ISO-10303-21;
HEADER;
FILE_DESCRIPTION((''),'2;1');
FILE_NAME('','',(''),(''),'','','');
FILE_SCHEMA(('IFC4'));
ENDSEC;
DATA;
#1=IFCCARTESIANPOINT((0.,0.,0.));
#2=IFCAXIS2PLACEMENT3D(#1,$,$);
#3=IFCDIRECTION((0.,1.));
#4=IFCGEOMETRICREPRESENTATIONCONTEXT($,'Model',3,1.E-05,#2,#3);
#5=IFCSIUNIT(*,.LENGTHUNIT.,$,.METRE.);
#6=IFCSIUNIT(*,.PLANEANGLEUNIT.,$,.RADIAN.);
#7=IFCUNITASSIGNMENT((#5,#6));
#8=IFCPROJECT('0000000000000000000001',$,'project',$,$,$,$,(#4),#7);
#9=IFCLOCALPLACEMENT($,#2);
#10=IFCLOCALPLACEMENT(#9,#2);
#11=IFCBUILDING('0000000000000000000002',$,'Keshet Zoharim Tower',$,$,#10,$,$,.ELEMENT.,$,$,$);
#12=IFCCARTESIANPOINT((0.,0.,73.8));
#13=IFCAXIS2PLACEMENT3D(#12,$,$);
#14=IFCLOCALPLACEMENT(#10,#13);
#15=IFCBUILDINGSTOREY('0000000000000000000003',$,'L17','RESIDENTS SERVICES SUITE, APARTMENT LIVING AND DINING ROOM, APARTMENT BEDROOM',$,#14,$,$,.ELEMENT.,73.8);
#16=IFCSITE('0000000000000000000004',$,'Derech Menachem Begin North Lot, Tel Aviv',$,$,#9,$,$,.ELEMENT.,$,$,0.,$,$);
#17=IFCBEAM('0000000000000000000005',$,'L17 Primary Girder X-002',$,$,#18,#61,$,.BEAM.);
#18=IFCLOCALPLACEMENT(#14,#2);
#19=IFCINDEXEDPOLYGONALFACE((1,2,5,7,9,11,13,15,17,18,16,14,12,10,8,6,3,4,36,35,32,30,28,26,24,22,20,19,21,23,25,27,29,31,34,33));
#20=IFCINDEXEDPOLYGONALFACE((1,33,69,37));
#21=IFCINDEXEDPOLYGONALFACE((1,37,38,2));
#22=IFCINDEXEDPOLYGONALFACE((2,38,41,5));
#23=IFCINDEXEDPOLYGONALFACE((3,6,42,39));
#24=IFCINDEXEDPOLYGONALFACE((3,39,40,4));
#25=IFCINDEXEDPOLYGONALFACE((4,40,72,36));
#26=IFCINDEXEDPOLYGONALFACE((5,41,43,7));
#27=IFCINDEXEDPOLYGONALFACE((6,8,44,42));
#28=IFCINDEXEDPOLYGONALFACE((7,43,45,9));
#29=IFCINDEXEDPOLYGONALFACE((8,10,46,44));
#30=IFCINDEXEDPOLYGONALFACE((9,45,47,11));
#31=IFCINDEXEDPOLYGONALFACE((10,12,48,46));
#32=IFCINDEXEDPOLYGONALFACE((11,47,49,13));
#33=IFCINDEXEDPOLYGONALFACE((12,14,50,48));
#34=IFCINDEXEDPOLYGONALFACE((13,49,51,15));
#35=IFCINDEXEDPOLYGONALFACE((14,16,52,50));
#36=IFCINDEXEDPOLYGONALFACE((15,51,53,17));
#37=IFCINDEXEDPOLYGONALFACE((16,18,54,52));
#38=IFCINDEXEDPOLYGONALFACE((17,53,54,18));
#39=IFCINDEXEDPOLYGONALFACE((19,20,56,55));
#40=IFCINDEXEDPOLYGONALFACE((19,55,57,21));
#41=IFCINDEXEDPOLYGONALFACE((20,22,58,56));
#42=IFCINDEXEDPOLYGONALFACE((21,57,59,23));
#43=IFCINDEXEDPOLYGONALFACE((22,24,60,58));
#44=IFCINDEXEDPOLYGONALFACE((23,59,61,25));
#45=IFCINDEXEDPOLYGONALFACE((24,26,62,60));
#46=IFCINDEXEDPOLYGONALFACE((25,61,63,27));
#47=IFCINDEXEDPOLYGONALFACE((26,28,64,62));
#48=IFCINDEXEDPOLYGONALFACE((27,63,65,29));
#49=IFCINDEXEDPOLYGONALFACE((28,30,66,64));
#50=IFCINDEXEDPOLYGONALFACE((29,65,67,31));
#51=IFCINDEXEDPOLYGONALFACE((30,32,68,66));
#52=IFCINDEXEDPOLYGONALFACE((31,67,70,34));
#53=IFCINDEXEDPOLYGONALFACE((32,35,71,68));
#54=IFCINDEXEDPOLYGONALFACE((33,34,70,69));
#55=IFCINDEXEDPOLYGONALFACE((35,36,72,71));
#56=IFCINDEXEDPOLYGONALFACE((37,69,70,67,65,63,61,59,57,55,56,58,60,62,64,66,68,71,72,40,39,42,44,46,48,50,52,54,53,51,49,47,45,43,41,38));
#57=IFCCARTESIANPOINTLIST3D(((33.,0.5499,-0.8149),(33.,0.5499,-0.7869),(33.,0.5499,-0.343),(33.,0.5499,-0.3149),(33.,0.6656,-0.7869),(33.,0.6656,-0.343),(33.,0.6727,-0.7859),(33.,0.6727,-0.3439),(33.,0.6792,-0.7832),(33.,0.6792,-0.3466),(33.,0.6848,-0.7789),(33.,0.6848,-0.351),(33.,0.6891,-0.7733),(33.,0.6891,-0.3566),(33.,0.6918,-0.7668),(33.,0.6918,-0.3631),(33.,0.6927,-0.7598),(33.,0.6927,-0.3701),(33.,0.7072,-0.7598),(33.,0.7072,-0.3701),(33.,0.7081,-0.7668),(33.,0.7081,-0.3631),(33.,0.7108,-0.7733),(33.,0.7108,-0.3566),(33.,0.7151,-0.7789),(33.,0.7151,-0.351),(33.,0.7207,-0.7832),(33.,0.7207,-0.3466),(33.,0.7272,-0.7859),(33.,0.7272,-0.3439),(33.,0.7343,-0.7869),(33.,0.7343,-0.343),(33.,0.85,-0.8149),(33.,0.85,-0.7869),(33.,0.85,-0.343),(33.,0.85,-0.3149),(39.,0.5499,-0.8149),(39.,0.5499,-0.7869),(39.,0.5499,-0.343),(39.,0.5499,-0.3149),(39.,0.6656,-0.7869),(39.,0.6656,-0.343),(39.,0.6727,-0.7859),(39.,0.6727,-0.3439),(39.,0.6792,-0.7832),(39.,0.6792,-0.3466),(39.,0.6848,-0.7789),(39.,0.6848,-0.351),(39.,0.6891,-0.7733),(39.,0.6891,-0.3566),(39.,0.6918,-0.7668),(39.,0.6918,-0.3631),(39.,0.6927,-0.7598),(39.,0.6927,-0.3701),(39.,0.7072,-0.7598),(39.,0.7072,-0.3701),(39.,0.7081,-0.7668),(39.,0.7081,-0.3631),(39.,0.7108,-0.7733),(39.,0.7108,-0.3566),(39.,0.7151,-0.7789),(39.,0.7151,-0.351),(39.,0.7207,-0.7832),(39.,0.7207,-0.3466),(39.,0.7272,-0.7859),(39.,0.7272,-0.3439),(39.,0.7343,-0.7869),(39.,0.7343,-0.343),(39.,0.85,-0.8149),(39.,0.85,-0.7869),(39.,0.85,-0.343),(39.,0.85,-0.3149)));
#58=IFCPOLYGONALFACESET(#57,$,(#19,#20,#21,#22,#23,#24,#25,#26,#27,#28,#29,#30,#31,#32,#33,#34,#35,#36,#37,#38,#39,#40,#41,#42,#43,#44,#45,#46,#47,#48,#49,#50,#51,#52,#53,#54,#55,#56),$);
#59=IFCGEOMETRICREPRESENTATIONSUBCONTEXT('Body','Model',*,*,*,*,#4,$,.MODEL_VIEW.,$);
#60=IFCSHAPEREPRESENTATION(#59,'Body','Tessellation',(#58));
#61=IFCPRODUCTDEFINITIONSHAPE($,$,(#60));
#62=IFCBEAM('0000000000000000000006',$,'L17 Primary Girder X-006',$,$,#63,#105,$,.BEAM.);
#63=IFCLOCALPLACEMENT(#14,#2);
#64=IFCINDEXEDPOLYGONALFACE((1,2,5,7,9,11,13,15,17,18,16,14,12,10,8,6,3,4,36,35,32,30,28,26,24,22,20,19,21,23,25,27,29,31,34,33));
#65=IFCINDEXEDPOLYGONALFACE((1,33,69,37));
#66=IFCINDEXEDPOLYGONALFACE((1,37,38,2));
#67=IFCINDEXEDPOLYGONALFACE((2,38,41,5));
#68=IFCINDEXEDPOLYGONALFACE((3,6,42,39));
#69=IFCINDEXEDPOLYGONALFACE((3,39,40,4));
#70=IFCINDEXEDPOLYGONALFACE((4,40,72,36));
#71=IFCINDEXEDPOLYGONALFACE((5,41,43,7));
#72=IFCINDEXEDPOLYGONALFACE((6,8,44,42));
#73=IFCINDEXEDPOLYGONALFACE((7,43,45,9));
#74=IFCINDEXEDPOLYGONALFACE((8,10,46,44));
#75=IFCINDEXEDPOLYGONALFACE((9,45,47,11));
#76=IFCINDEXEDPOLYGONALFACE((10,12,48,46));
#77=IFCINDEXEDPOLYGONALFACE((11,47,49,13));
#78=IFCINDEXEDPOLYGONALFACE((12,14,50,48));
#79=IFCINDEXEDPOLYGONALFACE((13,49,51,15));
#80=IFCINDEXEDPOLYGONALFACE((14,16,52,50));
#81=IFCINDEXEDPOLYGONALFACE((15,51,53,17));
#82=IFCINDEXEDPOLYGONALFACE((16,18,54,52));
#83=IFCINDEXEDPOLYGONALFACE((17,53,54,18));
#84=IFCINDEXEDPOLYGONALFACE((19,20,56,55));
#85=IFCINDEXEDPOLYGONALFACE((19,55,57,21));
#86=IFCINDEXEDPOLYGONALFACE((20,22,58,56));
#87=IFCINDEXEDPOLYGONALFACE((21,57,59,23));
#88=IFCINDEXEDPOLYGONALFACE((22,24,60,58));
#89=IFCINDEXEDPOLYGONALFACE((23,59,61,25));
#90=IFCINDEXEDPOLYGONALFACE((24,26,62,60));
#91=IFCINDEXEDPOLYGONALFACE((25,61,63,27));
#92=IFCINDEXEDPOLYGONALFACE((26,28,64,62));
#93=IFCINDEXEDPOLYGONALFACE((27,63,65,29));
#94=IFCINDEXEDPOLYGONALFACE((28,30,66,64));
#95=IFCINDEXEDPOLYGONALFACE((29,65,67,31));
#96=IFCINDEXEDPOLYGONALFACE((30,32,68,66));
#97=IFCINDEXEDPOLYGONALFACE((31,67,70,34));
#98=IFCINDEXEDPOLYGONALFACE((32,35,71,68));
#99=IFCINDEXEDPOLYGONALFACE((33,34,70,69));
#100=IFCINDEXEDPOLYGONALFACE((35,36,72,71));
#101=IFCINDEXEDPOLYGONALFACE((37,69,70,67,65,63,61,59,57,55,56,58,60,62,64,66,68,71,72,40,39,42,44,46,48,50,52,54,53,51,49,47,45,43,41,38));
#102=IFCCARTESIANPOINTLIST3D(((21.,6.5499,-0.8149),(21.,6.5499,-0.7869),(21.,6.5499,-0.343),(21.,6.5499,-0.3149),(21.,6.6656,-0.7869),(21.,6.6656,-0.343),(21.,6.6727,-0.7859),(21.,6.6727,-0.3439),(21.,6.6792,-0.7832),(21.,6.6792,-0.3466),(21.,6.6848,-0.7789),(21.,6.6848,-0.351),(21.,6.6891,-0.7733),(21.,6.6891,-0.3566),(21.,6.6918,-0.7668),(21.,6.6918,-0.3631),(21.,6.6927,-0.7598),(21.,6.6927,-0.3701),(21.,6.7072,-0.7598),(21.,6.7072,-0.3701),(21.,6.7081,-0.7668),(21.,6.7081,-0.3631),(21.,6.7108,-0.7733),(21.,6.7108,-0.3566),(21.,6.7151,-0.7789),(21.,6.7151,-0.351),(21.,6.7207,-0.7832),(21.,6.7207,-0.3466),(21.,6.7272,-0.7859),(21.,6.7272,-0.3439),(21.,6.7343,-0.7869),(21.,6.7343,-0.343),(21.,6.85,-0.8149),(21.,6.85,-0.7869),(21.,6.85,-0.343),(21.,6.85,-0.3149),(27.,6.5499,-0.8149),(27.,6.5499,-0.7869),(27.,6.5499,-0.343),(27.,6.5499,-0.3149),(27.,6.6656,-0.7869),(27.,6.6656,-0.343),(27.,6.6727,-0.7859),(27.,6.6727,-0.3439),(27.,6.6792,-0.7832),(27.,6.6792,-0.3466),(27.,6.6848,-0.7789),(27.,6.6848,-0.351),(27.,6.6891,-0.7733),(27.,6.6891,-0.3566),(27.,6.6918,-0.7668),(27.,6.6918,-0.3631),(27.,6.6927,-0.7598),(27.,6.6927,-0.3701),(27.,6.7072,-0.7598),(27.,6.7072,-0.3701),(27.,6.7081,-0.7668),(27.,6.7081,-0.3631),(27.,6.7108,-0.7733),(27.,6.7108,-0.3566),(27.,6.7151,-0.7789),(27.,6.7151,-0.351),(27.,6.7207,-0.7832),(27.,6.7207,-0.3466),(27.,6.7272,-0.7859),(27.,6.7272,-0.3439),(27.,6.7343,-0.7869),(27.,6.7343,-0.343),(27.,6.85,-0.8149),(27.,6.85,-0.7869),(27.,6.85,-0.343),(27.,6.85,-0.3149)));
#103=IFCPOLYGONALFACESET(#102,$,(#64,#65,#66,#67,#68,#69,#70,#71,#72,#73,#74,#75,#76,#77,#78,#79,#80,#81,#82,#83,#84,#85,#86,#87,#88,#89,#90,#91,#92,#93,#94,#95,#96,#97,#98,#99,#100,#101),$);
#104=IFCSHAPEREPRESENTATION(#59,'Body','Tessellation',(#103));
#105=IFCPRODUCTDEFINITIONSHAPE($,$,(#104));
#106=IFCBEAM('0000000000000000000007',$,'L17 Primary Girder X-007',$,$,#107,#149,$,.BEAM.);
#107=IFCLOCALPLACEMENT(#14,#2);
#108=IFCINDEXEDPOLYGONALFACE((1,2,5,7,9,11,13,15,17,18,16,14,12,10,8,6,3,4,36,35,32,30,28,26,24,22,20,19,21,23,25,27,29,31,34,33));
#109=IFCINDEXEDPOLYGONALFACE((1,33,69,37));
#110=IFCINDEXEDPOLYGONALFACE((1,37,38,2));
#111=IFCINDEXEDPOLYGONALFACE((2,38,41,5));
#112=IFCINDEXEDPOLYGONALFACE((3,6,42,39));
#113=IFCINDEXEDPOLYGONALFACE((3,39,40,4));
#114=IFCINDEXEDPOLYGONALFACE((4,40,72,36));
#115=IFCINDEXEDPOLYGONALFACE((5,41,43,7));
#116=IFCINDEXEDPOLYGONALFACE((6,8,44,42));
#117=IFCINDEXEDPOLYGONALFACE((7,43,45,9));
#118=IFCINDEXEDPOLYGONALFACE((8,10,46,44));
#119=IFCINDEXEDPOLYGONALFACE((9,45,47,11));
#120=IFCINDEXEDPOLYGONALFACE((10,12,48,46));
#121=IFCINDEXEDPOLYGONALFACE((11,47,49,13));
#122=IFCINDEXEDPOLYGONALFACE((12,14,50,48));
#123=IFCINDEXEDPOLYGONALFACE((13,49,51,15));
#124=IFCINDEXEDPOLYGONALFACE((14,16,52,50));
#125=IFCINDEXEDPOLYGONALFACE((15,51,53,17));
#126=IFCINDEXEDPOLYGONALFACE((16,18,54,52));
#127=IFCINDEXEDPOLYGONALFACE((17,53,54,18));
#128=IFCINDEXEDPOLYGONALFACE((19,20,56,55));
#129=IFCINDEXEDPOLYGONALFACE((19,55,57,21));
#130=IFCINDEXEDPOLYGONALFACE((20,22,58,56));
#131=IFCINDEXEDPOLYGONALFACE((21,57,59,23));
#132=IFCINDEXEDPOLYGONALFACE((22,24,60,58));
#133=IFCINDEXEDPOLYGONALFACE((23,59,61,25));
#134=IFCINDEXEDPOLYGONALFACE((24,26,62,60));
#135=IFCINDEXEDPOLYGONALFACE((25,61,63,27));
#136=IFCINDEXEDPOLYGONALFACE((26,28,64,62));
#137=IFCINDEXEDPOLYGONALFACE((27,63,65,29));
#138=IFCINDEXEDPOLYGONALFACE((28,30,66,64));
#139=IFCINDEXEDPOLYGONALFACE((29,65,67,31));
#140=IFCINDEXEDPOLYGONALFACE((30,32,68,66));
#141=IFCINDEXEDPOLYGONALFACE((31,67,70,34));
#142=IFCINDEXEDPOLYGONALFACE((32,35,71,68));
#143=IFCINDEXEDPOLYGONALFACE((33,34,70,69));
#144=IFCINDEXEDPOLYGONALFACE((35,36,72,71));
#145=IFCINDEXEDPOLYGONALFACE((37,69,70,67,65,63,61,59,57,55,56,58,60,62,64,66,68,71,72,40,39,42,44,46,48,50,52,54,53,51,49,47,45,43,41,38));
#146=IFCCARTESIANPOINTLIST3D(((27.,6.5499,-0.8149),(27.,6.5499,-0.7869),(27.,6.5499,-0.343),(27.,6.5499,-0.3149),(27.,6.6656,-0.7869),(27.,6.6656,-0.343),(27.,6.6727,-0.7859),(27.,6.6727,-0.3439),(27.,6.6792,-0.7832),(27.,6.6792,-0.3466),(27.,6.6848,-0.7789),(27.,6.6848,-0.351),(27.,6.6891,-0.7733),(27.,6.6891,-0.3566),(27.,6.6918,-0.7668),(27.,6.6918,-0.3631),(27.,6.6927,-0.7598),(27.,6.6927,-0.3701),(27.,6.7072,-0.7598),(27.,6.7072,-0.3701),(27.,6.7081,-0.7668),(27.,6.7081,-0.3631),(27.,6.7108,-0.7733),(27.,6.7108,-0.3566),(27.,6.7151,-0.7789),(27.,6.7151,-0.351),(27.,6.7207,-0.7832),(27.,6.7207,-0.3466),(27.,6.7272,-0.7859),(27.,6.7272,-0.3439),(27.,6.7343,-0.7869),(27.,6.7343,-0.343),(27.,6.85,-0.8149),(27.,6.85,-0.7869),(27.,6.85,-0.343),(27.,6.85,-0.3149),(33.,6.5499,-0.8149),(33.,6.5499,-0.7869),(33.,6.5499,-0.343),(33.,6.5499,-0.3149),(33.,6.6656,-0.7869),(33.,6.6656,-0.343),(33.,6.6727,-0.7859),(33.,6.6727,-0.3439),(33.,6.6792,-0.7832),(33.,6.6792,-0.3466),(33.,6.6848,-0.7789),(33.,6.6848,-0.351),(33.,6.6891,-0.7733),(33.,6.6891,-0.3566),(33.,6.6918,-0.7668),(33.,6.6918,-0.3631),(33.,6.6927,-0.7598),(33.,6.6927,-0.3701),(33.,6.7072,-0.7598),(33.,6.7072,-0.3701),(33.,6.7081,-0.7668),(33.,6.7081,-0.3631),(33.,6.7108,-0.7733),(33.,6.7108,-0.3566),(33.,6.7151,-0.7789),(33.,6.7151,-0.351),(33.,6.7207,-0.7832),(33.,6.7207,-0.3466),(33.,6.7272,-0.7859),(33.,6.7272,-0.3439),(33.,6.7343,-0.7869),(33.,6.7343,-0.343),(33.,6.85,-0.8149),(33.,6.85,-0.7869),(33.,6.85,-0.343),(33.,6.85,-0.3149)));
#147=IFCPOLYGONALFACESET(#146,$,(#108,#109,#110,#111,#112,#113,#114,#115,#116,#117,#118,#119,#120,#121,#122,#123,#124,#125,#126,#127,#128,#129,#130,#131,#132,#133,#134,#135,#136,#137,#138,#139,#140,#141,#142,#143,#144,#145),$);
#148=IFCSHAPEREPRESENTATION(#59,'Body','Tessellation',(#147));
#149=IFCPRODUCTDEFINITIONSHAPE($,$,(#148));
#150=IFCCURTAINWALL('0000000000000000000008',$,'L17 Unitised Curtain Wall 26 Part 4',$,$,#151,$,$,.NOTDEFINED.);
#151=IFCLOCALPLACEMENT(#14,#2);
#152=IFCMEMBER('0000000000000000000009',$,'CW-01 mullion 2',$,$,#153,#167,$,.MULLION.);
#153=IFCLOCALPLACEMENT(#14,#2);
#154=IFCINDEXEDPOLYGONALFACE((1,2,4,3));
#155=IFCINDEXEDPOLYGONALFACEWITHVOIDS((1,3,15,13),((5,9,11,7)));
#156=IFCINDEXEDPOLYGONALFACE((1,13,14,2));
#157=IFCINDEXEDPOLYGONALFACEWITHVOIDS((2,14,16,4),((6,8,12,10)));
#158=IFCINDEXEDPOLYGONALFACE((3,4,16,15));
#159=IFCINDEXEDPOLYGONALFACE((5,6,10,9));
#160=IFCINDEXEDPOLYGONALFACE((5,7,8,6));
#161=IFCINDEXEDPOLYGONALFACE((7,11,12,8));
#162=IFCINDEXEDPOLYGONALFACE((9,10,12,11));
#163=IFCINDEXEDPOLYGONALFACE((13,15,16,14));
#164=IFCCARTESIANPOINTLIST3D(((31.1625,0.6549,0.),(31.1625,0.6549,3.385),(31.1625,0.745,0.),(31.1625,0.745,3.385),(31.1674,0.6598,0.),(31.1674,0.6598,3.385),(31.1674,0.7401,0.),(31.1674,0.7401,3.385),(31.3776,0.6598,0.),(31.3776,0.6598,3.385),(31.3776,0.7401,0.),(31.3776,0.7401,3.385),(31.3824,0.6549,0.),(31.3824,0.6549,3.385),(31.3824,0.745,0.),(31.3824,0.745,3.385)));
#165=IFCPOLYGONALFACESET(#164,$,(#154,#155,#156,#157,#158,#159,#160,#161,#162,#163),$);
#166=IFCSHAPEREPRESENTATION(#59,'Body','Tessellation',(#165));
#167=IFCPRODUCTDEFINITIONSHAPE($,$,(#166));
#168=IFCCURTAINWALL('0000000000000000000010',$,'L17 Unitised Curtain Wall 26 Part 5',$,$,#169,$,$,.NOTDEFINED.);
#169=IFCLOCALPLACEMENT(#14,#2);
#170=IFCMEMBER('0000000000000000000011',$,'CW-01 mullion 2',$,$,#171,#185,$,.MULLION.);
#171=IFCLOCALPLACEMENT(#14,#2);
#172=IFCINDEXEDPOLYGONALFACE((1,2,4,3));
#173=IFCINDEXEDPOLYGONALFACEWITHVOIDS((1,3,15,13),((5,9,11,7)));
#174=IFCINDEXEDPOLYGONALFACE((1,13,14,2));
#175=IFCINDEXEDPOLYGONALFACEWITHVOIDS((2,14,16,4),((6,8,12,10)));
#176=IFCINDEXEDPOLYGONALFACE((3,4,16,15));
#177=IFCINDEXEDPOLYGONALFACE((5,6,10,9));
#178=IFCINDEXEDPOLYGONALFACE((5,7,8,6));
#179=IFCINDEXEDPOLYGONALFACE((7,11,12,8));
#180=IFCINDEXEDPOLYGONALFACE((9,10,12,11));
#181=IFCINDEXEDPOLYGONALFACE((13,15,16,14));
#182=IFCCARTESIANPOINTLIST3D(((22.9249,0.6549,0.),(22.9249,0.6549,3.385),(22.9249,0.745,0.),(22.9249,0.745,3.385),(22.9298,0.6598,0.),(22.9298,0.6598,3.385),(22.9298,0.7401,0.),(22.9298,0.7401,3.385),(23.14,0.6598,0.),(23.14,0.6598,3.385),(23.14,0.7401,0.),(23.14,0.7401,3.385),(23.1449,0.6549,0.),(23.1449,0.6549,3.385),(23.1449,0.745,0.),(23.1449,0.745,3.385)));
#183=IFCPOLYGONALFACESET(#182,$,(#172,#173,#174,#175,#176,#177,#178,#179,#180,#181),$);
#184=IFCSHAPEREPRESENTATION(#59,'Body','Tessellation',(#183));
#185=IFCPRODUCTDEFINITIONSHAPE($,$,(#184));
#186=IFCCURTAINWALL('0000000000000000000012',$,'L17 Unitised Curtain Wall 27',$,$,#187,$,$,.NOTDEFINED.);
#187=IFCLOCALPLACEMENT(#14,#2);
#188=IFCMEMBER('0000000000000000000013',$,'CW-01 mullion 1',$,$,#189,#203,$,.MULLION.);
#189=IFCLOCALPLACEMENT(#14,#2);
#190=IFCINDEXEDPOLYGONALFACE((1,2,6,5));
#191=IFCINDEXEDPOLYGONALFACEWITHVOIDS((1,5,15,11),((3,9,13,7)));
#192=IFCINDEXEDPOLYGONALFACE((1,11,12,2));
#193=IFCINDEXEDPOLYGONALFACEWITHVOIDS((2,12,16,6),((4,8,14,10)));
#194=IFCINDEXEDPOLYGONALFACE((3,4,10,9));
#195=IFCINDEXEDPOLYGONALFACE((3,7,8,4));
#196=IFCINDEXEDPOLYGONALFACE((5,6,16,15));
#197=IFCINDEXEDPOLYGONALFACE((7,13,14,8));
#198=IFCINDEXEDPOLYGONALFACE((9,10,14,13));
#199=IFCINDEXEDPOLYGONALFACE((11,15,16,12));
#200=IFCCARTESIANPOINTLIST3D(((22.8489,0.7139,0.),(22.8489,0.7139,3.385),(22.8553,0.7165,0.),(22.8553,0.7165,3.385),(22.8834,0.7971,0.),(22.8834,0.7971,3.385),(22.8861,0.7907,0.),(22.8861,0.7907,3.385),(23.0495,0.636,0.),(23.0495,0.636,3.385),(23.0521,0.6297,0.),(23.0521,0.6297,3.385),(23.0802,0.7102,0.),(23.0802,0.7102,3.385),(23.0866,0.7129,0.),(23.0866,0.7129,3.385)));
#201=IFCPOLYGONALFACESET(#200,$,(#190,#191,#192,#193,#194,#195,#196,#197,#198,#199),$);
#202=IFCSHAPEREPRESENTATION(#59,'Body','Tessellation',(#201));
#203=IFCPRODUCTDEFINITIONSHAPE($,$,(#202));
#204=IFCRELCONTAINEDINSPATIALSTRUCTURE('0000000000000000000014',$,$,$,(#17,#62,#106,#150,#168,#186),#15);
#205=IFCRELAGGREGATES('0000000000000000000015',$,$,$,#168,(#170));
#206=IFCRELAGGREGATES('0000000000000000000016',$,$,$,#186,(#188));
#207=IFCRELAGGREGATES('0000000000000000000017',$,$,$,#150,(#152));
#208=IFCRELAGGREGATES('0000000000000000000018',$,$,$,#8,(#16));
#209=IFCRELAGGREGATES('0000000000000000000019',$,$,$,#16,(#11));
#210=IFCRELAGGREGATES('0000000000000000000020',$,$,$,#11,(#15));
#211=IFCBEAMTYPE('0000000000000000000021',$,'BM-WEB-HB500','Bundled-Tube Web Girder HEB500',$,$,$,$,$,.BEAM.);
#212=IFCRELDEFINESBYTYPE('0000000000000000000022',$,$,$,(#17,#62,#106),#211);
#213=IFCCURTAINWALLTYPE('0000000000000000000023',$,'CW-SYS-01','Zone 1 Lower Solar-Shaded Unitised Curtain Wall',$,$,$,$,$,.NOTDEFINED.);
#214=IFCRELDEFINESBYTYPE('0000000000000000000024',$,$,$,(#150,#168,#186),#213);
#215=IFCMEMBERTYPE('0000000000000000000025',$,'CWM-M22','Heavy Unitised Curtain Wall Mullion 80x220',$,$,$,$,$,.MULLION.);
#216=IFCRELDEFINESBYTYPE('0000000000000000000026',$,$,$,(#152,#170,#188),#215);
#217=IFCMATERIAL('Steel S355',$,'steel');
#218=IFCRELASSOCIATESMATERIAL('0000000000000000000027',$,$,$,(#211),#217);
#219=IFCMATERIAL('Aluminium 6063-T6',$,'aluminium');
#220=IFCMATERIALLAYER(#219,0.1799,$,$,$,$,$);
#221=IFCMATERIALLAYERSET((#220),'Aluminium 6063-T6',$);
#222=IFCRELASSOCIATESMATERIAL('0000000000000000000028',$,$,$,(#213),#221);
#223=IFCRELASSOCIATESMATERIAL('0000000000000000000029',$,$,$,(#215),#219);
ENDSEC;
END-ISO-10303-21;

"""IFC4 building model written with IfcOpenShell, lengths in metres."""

from ifc_helpers import new_model, si_unit, direction, frame, origin, origin_2d, place, context, subcontext, project, spatial, hollow_rectangle, i_section, extrude, material, layer, layer_set, material_profile, profile_set, type_object, element, aggregate, save


model = new_model("IFC4")

# Units and contexts
model_context = context("Model", 3, precision=1e-05, world=origin(), true_north=direction((0.0, 1.0)))
body_context = subcontext(model_context, "Body", "Model", "MODEL_VIEW")
ifc_project = project(units=[si_unit("LENGTHUNIT", "METRE"), si_unit("PLANEANGLEUNIT", "RADIAN")], contexts=[model_context])

# Site, building, storey
site_placement = place(None, origin())
site = spatial("IfcSite", under=ifc_project, at=site_placement, Name="Derech Menachem Begin North Lot, Tel Aviv", CompositionType="ELEMENT", RefElevation=0.0)
building_placement = place(site_placement, origin())
building = spatial("IfcBuilding", under=site, at=building_placement, Name="Keshet Zoharim Tower", CompositionType="ELEMENT")
storey_placement = place(building_placement, frame((0.0, 0.0, 73.8)))
storey = spatial("IfcBuildingStorey", under=building, at=storey_placement, Name="L17", Description="RESIDENTS SERVICES SUITE, APARTMENT LIVING AND DINING ROOM, APARTMENT BEDROOM", CompositionType="ELEMENT", Elevation=73.8)

# Shared definitions
ifc_material_1 = material(Name="Steel S355", Category="steel")

# Beams
ifc_material_profile_1 = material_profile(ifc_material_1, i_section(OverallWidth=0.3, OverallDepth=0.5, WebThickness=0.0144, FlangeThickness=0.0281, FilletRadius=0.0271, at=origin_2d()), Name="HEB500")
ifc_profile_set_1 = profile_set([ifc_material_profile_1], Name="Steel S355")
beam_type_1 = type_object("IfcBeamType", Name="BM-WEB-HB500", Description="Bundled-Tube Web Girder HEB500", PredefinedType="BEAM", material=ifc_profile_set_1)
for number, where, z_axis, x_axis, name in (
    (1, (33.0, 0.7, -0.5649), (1.0, 0.0, 0.0), (0.0, 1.0, 0.0), "L17 Primary Girder X-002"),
    (2, (21.0, 6.7, -0.5649), (1.0, 0.0, 0.0), (0.0, 1.0, 0.0), "L17 Primary Girder X-006"),
    (3, (27.0, 6.7, -0.5649), (1.0, 0.0, 0.0), (0.0, 1.0, 0.0), "L17 Primary Girder X-007"),
):
    element("IfcBeam", number, at=place(storey_placement, frame(where, z_axis=z_axis, x_axis=x_axis)), inside=storey, type_object=beam_type_1, Name=name, PredefinedType="BEAM", context=body_context, shape_type="SweptSolid", body=[
        extrude(i_section(OverallWidth=0.3, OverallDepth=0.5, WebThickness=0.0144, FlangeThickness=0.0281, FilletRadius=0.0271, at=origin_2d()), origin(), (0.0, 0.0, 1.0), 6.0),
    ])

# Curtain walls, members
ifc_material_2 = material(Name="Aluminium 6063-T6", Category="aluminium")
ifc_layer_1 = layer(ifc_material_2, 0.1799)
ifc_layer_set_1 = layer_set([ifc_layer_1], Name="Aluminium 6063-T6")
curtain_wall_type = type_object("IfcCurtainWallType", Name="CW-SYS-01", Description="Zone 1 Lower Solar-Shaded Unitised Curtain Wall", PredefinedType="NOTDEFINED", material=ifc_layer_set_1)
curtain_wall_1_placement = place(storey_placement, origin())
curtain_wall_1 = element("IfcCurtainWall", 4, at=curtain_wall_1_placement, inside=storey, type_object=curtain_wall_type, Name="L17 Unitised Curtain Wall 26 Part 4", PredefinedType="NOTDEFINED")
ifc_material_profile_2 = material_profile(ifc_material_2, hollow_rectangle(XDim=0.0901, YDim=0.22, WallThickness=0.0049, at=origin_2d()), Name="MUL-90x220")
ifc_profile_set_2 = profile_set([ifc_material_profile_2], Name="Aluminium 6063-T6")
member_type_1 = type_object("IfcMemberType", Name="CWM-M22", Description="Heavy Unitised Curtain Wall Mullion 80x220", PredefinedType="MULLION", material=ifc_profile_set_2)
member_1_placement = place(storey_placement, frame((31.2725, 0.7, 0.0), z_axis=(0.0, 0.0, 1.0), x_axis=(0.0, -1.0, 0.0)))
member_1 = element("IfcMember", 5, at=member_1_placement, type_object=member_type_1, Name="CW-01 mullion 2", PredefinedType="MULLION", context=body_context, shape_type="SweptSolid", body=[
    extrude(hollow_rectangle(XDim=0.0901, YDim=0.22, WallThickness=0.0049, at=origin_2d()), origin(), (0.0, 0.0, 1.0), 3.385),
])
curtain_wall_2_placement = place(storey_placement, origin())
curtain_wall_2 = element("IfcCurtainWall", 6, at=curtain_wall_2_placement, inside=storey, type_object=curtain_wall_type, Name="L17 Unitised Curtain Wall 26 Part 5", PredefinedType="NOTDEFINED")
member_2_placement = place(storey_placement, frame((23.0349, 0.7, 0.0), z_axis=(0.0, 0.0, 1.0), x_axis=(0.0, -1.0, 0.0)))
member_2 = element("IfcMember", 7, at=member_2_placement, type_object=member_type_1, Name="CW-01 mullion 2", PredefinedType="MULLION", context=body_context, shape_type="SweptSolid", body=[
    extrude(hollow_rectangle(XDim=0.0901, YDim=0.22, WallThickness=0.0049, at=origin_2d()), origin(), (0.0, 0.0, 1.0), 3.385),
])

# Curtain wall, member
curtain_wall_3_placement = place(storey_placement, origin())
curtain_wall_3 = element("IfcCurtainWall", 8, at=curtain_wall_3_placement, inside=storey, type_object=curtain_wall_type, Name="L17 Unitised Curtain Wall 27", PredefinedType="NOTDEFINED")
member_3_placement = place(storey_placement, frame((22.9678, 0.7134, 0.0), z_axis=(0.0, 0.0, 1.0), x_axis=(-0.382852, -0.92381, 0.0)))
member_3 = element("IfcMember", 9, at=member_3_placement, type_object=member_type_1, Name="CW-01 mullion 1", PredefinedType="MULLION", context=body_context, shape_type="SweptSolid", body=[
    extrude(hollow_rectangle(XDim=0.0901, YDim=0.22, WallThickness=0.0049, at=origin_2d()), origin(), (0.0, 0.0, 1.0), 3.385),
])

aggregate(curtain_wall_2, [member_2])
aggregate(curtain_wall_3, [member_3])
aggregate(curtain_wall_1, [member_1])

save(model, "model.ifc")
